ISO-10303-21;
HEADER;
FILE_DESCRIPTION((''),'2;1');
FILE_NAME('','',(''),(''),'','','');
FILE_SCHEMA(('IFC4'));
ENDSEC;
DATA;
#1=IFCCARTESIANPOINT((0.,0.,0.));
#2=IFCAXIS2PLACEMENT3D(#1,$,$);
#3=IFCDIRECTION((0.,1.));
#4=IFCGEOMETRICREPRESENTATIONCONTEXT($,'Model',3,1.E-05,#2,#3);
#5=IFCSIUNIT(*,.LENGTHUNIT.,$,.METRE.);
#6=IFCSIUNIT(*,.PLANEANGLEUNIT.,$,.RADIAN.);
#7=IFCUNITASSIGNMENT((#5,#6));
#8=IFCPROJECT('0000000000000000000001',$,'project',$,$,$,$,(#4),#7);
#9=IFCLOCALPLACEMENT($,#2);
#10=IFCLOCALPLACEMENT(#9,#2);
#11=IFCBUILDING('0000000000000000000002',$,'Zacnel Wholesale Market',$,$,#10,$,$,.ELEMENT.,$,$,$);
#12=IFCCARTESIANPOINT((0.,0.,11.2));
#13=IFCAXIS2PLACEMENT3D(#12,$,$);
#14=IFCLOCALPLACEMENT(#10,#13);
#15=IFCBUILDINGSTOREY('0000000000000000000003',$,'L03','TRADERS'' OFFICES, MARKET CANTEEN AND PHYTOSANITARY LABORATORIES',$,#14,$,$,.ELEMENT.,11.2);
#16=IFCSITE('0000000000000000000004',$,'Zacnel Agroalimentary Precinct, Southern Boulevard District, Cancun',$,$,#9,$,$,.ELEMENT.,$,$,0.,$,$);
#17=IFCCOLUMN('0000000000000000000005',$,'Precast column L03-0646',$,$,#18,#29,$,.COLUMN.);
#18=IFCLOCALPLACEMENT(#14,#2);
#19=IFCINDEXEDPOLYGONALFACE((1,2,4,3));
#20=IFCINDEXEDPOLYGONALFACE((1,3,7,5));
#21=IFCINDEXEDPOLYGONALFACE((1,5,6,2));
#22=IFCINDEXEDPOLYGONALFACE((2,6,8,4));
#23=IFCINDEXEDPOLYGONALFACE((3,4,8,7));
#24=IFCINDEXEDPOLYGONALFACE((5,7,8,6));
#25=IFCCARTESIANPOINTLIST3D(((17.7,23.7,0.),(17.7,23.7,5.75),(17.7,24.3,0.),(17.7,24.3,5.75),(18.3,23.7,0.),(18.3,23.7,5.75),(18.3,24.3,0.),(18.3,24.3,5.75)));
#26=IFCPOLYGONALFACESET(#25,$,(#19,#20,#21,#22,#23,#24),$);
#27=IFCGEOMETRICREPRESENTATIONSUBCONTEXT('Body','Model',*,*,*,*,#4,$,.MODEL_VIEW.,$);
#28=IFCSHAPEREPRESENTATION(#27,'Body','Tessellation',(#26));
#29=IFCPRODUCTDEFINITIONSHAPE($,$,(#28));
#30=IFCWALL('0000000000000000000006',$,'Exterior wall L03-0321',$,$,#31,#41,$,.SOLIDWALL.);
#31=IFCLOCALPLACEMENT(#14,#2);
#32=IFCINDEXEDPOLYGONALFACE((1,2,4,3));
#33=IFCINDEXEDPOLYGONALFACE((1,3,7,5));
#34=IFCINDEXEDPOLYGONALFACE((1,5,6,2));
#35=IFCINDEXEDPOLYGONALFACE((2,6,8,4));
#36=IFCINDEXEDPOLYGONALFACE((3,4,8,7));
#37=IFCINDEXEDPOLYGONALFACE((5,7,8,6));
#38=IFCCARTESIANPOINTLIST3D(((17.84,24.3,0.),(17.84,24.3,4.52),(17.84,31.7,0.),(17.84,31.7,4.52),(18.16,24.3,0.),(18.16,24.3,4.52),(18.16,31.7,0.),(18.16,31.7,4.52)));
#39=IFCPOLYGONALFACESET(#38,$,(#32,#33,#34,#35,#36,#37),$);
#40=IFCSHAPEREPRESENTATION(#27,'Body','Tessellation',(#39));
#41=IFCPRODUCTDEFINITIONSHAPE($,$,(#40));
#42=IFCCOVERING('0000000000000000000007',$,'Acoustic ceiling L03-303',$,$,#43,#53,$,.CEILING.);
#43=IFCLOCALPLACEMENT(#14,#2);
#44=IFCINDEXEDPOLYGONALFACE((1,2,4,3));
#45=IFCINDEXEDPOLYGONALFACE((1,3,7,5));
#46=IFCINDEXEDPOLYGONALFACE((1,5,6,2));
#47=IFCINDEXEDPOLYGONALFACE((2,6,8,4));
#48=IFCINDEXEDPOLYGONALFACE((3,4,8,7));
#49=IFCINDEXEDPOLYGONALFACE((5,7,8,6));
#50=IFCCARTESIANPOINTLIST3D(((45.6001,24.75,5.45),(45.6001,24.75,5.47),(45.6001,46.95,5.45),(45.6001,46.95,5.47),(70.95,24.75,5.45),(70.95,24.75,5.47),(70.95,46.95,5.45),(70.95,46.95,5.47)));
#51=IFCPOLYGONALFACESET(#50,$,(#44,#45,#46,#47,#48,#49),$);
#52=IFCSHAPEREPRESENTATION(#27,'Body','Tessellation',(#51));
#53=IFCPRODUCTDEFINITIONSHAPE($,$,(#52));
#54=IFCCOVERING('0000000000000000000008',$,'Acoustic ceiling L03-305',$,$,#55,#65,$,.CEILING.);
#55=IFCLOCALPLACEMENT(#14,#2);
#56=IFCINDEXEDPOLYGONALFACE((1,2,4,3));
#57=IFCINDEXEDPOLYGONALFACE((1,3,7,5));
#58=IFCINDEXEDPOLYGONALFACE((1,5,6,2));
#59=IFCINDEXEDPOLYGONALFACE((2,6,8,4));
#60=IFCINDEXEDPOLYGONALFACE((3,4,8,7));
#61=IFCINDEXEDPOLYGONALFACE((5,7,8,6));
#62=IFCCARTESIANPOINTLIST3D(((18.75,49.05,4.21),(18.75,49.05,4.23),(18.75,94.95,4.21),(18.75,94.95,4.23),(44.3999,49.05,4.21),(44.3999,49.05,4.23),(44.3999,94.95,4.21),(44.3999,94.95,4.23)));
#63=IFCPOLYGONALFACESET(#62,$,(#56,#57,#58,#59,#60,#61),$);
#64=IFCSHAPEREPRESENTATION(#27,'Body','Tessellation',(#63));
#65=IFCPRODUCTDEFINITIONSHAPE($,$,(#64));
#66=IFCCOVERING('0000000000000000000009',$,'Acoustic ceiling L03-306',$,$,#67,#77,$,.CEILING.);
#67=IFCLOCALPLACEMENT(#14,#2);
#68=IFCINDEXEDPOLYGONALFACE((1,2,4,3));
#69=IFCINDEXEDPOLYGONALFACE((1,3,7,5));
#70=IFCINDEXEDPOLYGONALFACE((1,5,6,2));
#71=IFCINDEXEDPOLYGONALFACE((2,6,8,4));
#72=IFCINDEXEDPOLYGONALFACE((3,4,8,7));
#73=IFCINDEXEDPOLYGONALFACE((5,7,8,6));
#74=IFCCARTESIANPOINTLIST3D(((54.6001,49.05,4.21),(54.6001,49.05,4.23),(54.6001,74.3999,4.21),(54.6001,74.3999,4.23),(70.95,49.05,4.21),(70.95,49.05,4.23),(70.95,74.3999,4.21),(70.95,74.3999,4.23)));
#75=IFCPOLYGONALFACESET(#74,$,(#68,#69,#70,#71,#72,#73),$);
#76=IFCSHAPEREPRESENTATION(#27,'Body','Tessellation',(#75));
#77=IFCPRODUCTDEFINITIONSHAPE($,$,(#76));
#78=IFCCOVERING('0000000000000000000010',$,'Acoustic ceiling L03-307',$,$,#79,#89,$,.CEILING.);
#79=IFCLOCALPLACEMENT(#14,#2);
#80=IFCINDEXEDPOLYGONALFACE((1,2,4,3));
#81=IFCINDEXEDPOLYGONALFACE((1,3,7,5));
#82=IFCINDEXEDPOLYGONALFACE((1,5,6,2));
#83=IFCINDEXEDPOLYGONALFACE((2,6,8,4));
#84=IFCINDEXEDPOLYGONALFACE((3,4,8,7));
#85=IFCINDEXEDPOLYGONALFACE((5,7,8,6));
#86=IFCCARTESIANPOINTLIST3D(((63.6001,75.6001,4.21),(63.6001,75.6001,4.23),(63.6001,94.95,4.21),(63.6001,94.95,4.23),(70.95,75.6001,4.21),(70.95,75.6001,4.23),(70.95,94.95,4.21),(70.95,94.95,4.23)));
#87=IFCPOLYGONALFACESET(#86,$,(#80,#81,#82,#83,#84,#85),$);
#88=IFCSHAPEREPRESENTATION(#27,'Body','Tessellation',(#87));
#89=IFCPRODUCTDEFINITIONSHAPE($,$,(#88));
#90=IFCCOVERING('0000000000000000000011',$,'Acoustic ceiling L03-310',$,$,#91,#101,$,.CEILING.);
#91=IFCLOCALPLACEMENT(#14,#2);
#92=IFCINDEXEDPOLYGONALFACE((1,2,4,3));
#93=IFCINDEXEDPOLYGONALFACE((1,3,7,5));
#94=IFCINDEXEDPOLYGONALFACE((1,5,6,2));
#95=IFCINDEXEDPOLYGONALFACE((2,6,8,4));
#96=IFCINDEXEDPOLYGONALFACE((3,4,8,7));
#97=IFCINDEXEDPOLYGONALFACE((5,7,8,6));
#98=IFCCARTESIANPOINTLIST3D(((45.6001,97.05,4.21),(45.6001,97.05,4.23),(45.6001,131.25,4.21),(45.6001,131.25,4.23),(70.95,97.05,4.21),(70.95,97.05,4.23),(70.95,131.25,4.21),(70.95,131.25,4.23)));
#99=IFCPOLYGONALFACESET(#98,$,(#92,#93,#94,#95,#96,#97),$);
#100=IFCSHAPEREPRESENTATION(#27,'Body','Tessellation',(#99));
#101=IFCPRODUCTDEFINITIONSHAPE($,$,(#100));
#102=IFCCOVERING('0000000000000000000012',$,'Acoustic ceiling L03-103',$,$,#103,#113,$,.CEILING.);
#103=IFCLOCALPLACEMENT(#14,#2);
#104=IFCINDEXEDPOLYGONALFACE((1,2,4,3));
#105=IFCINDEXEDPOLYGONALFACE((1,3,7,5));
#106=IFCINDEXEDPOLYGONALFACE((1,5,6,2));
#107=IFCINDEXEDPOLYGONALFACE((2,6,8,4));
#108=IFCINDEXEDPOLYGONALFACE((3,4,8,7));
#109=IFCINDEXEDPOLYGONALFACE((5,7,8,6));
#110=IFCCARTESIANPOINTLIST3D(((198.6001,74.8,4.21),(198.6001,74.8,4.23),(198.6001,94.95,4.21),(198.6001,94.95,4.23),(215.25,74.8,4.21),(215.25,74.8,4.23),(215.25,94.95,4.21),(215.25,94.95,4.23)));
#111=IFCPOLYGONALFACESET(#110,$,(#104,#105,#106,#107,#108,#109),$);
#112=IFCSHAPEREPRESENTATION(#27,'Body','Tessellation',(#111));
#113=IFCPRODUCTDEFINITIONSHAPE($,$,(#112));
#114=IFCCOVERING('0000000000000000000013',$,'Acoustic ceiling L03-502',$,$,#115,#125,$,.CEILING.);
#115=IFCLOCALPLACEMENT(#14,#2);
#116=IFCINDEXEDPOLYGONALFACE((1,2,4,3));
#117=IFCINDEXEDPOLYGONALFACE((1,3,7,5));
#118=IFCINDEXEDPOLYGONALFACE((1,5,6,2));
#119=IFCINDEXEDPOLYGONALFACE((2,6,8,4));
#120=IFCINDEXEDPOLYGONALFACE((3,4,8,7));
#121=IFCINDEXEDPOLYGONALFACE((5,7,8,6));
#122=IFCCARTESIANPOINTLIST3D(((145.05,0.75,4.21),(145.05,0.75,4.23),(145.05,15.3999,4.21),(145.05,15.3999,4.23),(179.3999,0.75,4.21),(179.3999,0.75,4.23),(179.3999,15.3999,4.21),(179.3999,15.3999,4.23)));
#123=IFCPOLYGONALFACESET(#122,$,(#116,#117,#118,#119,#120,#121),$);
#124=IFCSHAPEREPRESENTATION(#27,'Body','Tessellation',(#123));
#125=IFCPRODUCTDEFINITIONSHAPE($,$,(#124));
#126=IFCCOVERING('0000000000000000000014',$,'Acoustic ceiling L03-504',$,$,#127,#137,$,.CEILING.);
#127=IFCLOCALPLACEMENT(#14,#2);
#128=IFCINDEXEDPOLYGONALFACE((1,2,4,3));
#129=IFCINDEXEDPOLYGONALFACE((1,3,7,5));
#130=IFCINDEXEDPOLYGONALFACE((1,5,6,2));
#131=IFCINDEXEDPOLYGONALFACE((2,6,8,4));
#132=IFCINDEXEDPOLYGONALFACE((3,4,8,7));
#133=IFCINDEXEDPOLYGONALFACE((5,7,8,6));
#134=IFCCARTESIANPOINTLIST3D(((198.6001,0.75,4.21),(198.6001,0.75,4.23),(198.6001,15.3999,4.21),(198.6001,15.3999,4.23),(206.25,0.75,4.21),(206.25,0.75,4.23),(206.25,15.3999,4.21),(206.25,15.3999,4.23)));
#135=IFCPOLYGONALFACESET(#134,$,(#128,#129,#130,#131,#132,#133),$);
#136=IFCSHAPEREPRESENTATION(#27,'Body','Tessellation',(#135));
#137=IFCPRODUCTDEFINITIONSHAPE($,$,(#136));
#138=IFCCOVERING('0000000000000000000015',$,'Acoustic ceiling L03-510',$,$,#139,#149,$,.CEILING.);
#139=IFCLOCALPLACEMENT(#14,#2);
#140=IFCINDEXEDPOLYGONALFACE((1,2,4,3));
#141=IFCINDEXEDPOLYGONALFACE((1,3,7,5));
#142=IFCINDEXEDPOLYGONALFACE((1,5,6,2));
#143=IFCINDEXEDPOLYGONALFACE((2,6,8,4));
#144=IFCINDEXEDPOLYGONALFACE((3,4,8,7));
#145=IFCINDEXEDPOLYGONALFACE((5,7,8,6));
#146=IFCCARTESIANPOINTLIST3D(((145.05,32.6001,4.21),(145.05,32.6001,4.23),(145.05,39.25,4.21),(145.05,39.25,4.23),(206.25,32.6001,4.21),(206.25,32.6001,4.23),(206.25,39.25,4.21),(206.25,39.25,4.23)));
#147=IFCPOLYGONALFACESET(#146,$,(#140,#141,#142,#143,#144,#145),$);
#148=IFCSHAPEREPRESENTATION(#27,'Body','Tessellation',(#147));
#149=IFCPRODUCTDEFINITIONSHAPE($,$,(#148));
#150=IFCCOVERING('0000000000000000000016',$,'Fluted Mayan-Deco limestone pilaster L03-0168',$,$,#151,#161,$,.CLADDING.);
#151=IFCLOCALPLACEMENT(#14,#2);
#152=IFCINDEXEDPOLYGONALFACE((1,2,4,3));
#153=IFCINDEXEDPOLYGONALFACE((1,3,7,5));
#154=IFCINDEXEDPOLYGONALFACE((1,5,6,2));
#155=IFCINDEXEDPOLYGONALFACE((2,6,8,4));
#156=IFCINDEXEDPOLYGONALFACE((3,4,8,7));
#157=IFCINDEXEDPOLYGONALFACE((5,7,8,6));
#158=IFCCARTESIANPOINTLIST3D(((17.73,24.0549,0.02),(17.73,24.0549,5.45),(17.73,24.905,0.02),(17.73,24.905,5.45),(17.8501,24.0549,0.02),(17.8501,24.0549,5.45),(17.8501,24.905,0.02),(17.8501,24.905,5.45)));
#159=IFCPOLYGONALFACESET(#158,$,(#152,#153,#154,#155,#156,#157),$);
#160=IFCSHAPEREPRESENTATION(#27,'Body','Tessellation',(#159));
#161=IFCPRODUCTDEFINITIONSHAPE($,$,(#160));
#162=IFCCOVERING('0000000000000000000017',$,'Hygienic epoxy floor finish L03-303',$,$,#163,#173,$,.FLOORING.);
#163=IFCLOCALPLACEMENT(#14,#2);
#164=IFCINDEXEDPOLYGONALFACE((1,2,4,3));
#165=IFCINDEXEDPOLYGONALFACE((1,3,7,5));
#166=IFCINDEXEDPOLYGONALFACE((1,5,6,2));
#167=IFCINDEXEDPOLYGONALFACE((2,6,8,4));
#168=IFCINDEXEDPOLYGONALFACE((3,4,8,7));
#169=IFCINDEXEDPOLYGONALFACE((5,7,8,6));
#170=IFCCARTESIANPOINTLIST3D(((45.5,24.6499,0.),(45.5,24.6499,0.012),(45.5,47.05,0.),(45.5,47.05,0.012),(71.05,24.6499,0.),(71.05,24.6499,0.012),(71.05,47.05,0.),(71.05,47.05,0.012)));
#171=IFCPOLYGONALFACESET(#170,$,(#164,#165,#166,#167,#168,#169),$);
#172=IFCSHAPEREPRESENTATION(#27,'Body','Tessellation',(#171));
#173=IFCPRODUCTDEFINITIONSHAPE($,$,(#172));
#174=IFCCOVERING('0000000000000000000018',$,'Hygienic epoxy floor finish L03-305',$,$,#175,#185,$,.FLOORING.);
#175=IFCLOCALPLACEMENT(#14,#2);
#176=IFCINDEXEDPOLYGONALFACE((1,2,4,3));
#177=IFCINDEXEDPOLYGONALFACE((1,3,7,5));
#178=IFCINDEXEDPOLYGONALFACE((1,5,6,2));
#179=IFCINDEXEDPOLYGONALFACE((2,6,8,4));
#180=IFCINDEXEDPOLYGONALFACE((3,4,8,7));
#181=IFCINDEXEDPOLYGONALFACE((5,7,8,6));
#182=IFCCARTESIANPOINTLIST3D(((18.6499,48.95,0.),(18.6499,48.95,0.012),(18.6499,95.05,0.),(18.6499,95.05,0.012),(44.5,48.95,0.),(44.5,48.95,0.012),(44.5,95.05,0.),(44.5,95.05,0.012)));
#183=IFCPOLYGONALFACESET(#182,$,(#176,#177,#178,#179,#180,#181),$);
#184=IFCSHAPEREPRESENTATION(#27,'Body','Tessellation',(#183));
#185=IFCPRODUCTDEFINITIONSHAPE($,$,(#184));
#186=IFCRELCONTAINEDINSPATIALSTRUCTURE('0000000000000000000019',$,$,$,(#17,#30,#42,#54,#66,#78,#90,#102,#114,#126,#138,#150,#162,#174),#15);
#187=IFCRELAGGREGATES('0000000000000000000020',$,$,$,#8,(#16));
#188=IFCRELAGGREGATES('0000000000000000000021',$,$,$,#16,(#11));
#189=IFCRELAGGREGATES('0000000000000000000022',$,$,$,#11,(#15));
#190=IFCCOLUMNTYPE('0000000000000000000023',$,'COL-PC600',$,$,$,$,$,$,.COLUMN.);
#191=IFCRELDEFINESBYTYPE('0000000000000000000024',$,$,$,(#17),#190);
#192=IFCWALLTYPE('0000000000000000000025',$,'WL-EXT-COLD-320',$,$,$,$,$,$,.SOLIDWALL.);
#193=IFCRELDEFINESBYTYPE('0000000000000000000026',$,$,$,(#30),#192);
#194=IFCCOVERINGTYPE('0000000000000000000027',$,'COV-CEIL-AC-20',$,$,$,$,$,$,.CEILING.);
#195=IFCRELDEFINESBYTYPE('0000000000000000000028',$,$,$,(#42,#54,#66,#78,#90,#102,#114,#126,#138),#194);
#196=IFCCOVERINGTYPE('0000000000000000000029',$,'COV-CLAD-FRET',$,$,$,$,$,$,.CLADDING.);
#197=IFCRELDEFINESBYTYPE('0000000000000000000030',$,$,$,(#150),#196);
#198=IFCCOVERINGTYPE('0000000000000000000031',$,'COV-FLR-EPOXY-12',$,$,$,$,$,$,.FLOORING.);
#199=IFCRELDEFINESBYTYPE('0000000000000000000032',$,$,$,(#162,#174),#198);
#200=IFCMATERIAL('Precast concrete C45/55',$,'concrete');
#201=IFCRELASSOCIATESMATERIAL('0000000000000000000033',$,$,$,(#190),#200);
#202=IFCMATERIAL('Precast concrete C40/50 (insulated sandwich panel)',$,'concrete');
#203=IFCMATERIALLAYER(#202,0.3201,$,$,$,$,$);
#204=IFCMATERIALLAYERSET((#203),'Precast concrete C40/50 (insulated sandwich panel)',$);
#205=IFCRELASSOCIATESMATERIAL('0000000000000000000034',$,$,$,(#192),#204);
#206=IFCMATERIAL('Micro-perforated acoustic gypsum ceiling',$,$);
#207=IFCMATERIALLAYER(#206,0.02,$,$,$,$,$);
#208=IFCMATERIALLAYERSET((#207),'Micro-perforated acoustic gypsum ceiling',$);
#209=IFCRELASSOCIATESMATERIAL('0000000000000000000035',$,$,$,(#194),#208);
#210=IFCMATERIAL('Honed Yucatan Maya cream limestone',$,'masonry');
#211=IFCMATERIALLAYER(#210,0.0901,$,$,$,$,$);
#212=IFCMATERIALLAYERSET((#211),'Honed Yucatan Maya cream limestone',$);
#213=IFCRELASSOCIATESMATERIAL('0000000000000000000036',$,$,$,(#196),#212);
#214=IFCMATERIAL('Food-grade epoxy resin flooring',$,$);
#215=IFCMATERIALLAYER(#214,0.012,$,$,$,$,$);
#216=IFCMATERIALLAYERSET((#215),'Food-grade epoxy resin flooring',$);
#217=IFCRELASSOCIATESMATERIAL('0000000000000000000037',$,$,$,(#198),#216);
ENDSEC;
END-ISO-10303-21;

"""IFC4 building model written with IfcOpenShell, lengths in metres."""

from ifc_helpers import new_model, si_unit, direction, frame, frame_2d, origin, origin_2d, place, context, subcontext, project, spatial, polyline, rectangle, outline, extrude, material, layer, layer_set, material_profile, profile_set, type_object, element, save


model = new_model("IFC4")

# Units and contexts
model_context = context("Model", 3, precision=1e-05, world=origin(), true_north=direction((0.0, 1.0)))
body_context = subcontext(model_context, "Body", "Model", "MODEL_VIEW")
ifc_project = project(units=[si_unit("LENGTHUNIT", "METRE"), si_unit("PLANEANGLEUNIT", "RADIAN")], contexts=[model_context])

# Site, building, storey
site_placement = place(None, origin())
site = spatial("IfcSite", under=ifc_project, at=site_placement, Name="Zacnel Agroalimentary Precinct, Southern Boulevard District, Cancun", CompositionType="ELEMENT", RefElevation=0.0)
building_placement = place(site_placement, origin())
building = spatial("IfcBuilding", under=site, at=building_placement, Name="Zacnel Wholesale Market", CompositionType="ELEMENT")
storey_placement = place(building_placement, frame((0.0, 0.0, 11.2)))
storey = spatial("IfcBuildingStorey", under=building, at=storey_placement, Name="L03", Description="TRADERS' OFFICES, MARKET CANTEEN AND PHYTOSANITARY LABORATORIES", CompositionType="ELEMENT", Elevation=11.2)

# Column
ifc_material_1 = material(Name="Precast concrete C45/55", Category="concrete")
ifc_material_profile = material_profile(ifc_material_1, rectangle(XDim=0.6001, YDim=0.6001, at=origin_2d()), Name="PC 600x600")
ifc_profile_set = profile_set([ifc_material_profile], Name="Precast concrete C45/55")
column_type = type_object("IfcColumnType", Name="COL-PC600", PredefinedType="COLUMN", material=ifc_profile_set)
column_placement = place(storey_placement, frame((18.0, 24.0, 0.0), z_axis=(0.0, 0.0, 1.0), x_axis=(1.0, 0.0, 0.0)))
element("IfcColumn", 1, at=column_placement, inside=storey, type_object=column_type, Name="Precast column L03-0646", PredefinedType="COLUMN", context=body_context, shape_type="SweptSolid", body=[
    extrude(rectangle(XDim=0.6001, YDim=0.6001, at=origin_2d()), origin(), (0.0, 0.0, 1.0), 5.75),
])

# Wall
ifc_material_2 = material(Name="Precast concrete C40/50 (insulated sandwich panel)", Category="concrete")
ifc_layer_1 = layer(ifc_material_2, 0.3201)
ifc_layer_set_1 = layer_set([ifc_layer_1], Name="Precast concrete C40/50 (insulated sandwich panel)")
wall_type = type_object("IfcWallType", Name="WL-EXT-COLD-320", PredefinedType="SOLIDWALL", material=ifc_layer_set_1)
wall_placement = place(storey_placement, frame((18.0, 24.3, 0.0), z_axis=(0.0, 0.0, 1.0), x_axis=(0.0, 1.0, 0.0)))
element("IfcWall", 2, at=wall_placement, inside=storey, type_object=wall_type, Name="Exterior wall L03-0321", PredefinedType="SOLIDWALL", context=body_context, shape_type="SweptSolid", body=[
    extrude(rectangle(XDim=7.3999, YDim=0.3201, at=frame_2d((3.7, 0.0))), origin(), (0.0, 0.0, 1.0), 4.52),
])

# Coverings
ifc_material_3 = material(Name="Micro-perforated acoustic gypsum ceiling")
ifc_layer_2 = layer(ifc_material_3, 0.02)
ifc_layer_set_2 = layer_set([ifc_layer_2], Name="Micro-perforated acoustic gypsum ceiling")
covering_type_1 = type_object("IfcCoveringType", Name="COV-CEIL-AC-20", PredefinedType="CEILING", material=ifc_layer_set_2)
covering_1_placement = place(storey_placement, frame((0.0, 0.0, 5.45)))
element("IfcCovering", 3, at=covering_1_placement, inside=storey, type_object=covering_type_1, Name="Acoustic ceiling L03-303", PredefinedType="CEILING", context=body_context, shape_type="SweptSolid", body=[
    extrude(outline(polyline([(45.6001, 24.75), (70.95, 24.75), (70.95, 46.95), (45.6001, 46.95), (45.6001, 24.75)])), origin(), (0.0, 0.0, 1.0), 0.02),
])
covering_2_placement = place(storey_placement, frame((0.0, 0.0, 4.21)))
element("IfcCovering", 4, at=covering_2_placement, inside=storey, type_object=covering_type_1, Name="Acoustic ceiling L03-305", PredefinedType="CEILING", context=body_context, shape_type="SweptSolid", body=[
    extrude(outline(polyline([(18.75, 49.05), (44.3999, 49.05), (44.3999, 94.95), (18.75, 94.95), (18.75, 49.05)])), origin(), (0.0, 0.0, 1.0), 0.02),
])
covering_3_placement = place(storey_placement, frame((0.0, 0.0, 4.21)))
element("IfcCovering", 5, at=covering_3_placement, inside=storey, type_object=covering_type_1, Name="Acoustic ceiling L03-306", PredefinedType="CEILING", context=body_context, shape_type="SweptSolid", body=[
    extrude(outline(polyline([(54.6001, 49.05), (70.95, 49.05), (70.95, 74.3999), (54.6001, 74.3999), (54.6001, 49.05)])), origin(), (0.0, 0.0, 1.0), 0.02),
])
covering_4_placement = place(storey_placement, frame((0.0, 0.0, 4.21)))
element("IfcCovering", 6, at=covering_4_placement, inside=storey, type_object=covering_type_1, Name="Acoustic ceiling L03-307", PredefinedType="CEILING", context=body_context, shape_type="SweptSolid", body=[
    extrude(outline(polyline([(63.6001, 75.6001), (70.95, 75.6001), (70.95, 94.95), (63.6001, 94.95), (63.6001, 75.6001)])), origin(), (0.0, 0.0, 1.0), 0.02),
])
covering_5_placement = place(storey_placement, frame((0.0, 0.0, 4.21)))
element("IfcCovering", 7, at=covering_5_placement, inside=storey, type_object=covering_type_1, Name="Acoustic ceiling L03-310", PredefinedType="CEILING", context=body_context, shape_type="SweptSolid", body=[
    extrude(outline(polyline([(45.6001, 97.05), (70.95, 97.05), (70.95, 131.25), (45.6001, 131.25), (45.6001, 97.05)])), origin(), (0.0, 0.0, 1.0), 0.02),
])
covering_6_placement = place(storey_placement, frame((0.0, 0.0, 4.21)))
element("IfcCovering", 8, at=covering_6_placement, inside=storey, type_object=covering_type_1, Name="Acoustic ceiling L03-103", PredefinedType="CEILING", context=body_context, shape_type="SweptSolid", body=[
    extrude(outline(polyline([(198.6001, 74.8), (215.25, 74.8), (215.25, 94.95), (198.6001, 94.95), (198.6001, 74.8)])), origin(), (0.0, 0.0, 1.0), 0.02),
])
covering_7_placement = place(storey_placement, frame((0.0, 0.0, 4.21)))
element("IfcCovering", 9, at=covering_7_placement, inside=storey, type_object=covering_type_1, Name="Acoustic ceiling L03-502", PredefinedType="CEILING", context=body_context, shape_type="SweptSolid", body=[
    extrude(outline(polyline([(145.05, 0.75), (179.3999, 0.75), (179.3999, 15.3999), (145.05, 15.3999), (145.05, 0.75)])), origin(), (0.0, 0.0, 1.0), 0.02),
])
covering_8_placement = place(storey_placement, frame((0.0, 0.0, 4.21)))
element("IfcCovering", 10, at=covering_8_placement, inside=storey, type_object=covering_type_1, Name="Acoustic ceiling L03-504", PredefinedType="CEILING", context=body_context, shape_type="SweptSolid", body=[
    extrude(outline(polyline([(198.6001, 0.75), (206.25, 0.75), (206.25, 15.3999), (198.6001, 15.3999), (198.6001, 0.75)])), origin(), (0.0, 0.0, 1.0), 0.02),
])
covering_9_placement = place(storey_placement, frame((0.0, 0.0, 4.21)))
element("IfcCovering", 11, at=covering_9_placement, inside=storey, type_object=covering_type_1, Name="Acoustic ceiling L03-510", PredefinedType="CEILING", context=body_context, shape_type="SweptSolid", body=[
    extrude(outline(polyline([(145.05, 32.6001), (206.25, 32.6001), (206.25, 39.25), (145.05, 39.25), (145.05, 32.6001)])), origin(), (0.0, 0.0, 1.0), 0.02),
])
ifc_material_4 = material(Name="Honed Yucatan Maya cream limestone", Category="masonry")
ifc_layer_3 = layer(ifc_material_4, 0.0901)
ifc_layer_set_3 = layer_set([ifc_layer_3], Name="Honed Yucatan Maya cream limestone")
covering_type_2 = type_object("IfcCoveringType", Name="COV-CLAD-FRET", PredefinedType="CLADDING", material=ifc_layer_set_3)
covering_10_placement = place(storey_placement, frame((17.79, 24.48, 0.02), z_axis=(0.0, 0.0, 1.0), x_axis=(0.0, 1.0, 0.0)))
element("IfcCovering", 12, at=covering_10_placement, inside=storey, type_object=covering_type_2, Name="Fluted Mayan-Deco limestone pilaster L03-0168", PredefinedType="CLADDING", context=body_context, shape_type="SweptSolid", body=[
    extrude(rectangle(XDim=0.8501, YDim=0.1201, at=origin_2d()), origin(), (0.0, 0.0, 1.0), 5.4299),
])
ifc_material_5 = material(Name="Food-grade epoxy resin flooring")
ifc_layer_4 = layer(ifc_material_5, 0.012)
ifc_layer_set_4 = layer_set([ifc_layer_4], Name="Food-grade epoxy resin flooring")
covering_type_3 = type_object("IfcCoveringType", Name="COV-FLR-EPOXY-12", PredefinedType="FLOORING", material=ifc_layer_set_4)
covering_11_placement = place(storey_placement, origin())
element("IfcCovering", 13, at=covering_11_placement, inside=storey, type_object=covering_type_3, Name="Hygienic epoxy floor finish L03-303", PredefinedType="FLOORING", context=body_context, shape_type="SweptSolid", body=[
    extrude(outline(polyline([(45.5, 24.6499), (71.05, 24.6499), (71.05, 47.05), (45.5, 47.05), (45.5, 24.6499)])), origin(), (0.0, 0.0, 1.0), 0.012),
])
covering_12_placement = place(storey_placement, origin())
element("IfcCovering", 14, at=covering_12_placement, inside=storey, type_object=covering_type_3, Name="Hygienic epoxy floor finish L03-305", PredefinedType="FLOORING", context=body_context, shape_type="SweptSolid", body=[
    extrude(outline(polyline([(18.6499, 48.95), (44.5, 48.95), (44.5, 95.05), (18.6499, 95.05), (18.6499, 48.95)])), origin(), (0.0, 0.0, 1.0), 0.012),
])

save(model, "model.ifc")
